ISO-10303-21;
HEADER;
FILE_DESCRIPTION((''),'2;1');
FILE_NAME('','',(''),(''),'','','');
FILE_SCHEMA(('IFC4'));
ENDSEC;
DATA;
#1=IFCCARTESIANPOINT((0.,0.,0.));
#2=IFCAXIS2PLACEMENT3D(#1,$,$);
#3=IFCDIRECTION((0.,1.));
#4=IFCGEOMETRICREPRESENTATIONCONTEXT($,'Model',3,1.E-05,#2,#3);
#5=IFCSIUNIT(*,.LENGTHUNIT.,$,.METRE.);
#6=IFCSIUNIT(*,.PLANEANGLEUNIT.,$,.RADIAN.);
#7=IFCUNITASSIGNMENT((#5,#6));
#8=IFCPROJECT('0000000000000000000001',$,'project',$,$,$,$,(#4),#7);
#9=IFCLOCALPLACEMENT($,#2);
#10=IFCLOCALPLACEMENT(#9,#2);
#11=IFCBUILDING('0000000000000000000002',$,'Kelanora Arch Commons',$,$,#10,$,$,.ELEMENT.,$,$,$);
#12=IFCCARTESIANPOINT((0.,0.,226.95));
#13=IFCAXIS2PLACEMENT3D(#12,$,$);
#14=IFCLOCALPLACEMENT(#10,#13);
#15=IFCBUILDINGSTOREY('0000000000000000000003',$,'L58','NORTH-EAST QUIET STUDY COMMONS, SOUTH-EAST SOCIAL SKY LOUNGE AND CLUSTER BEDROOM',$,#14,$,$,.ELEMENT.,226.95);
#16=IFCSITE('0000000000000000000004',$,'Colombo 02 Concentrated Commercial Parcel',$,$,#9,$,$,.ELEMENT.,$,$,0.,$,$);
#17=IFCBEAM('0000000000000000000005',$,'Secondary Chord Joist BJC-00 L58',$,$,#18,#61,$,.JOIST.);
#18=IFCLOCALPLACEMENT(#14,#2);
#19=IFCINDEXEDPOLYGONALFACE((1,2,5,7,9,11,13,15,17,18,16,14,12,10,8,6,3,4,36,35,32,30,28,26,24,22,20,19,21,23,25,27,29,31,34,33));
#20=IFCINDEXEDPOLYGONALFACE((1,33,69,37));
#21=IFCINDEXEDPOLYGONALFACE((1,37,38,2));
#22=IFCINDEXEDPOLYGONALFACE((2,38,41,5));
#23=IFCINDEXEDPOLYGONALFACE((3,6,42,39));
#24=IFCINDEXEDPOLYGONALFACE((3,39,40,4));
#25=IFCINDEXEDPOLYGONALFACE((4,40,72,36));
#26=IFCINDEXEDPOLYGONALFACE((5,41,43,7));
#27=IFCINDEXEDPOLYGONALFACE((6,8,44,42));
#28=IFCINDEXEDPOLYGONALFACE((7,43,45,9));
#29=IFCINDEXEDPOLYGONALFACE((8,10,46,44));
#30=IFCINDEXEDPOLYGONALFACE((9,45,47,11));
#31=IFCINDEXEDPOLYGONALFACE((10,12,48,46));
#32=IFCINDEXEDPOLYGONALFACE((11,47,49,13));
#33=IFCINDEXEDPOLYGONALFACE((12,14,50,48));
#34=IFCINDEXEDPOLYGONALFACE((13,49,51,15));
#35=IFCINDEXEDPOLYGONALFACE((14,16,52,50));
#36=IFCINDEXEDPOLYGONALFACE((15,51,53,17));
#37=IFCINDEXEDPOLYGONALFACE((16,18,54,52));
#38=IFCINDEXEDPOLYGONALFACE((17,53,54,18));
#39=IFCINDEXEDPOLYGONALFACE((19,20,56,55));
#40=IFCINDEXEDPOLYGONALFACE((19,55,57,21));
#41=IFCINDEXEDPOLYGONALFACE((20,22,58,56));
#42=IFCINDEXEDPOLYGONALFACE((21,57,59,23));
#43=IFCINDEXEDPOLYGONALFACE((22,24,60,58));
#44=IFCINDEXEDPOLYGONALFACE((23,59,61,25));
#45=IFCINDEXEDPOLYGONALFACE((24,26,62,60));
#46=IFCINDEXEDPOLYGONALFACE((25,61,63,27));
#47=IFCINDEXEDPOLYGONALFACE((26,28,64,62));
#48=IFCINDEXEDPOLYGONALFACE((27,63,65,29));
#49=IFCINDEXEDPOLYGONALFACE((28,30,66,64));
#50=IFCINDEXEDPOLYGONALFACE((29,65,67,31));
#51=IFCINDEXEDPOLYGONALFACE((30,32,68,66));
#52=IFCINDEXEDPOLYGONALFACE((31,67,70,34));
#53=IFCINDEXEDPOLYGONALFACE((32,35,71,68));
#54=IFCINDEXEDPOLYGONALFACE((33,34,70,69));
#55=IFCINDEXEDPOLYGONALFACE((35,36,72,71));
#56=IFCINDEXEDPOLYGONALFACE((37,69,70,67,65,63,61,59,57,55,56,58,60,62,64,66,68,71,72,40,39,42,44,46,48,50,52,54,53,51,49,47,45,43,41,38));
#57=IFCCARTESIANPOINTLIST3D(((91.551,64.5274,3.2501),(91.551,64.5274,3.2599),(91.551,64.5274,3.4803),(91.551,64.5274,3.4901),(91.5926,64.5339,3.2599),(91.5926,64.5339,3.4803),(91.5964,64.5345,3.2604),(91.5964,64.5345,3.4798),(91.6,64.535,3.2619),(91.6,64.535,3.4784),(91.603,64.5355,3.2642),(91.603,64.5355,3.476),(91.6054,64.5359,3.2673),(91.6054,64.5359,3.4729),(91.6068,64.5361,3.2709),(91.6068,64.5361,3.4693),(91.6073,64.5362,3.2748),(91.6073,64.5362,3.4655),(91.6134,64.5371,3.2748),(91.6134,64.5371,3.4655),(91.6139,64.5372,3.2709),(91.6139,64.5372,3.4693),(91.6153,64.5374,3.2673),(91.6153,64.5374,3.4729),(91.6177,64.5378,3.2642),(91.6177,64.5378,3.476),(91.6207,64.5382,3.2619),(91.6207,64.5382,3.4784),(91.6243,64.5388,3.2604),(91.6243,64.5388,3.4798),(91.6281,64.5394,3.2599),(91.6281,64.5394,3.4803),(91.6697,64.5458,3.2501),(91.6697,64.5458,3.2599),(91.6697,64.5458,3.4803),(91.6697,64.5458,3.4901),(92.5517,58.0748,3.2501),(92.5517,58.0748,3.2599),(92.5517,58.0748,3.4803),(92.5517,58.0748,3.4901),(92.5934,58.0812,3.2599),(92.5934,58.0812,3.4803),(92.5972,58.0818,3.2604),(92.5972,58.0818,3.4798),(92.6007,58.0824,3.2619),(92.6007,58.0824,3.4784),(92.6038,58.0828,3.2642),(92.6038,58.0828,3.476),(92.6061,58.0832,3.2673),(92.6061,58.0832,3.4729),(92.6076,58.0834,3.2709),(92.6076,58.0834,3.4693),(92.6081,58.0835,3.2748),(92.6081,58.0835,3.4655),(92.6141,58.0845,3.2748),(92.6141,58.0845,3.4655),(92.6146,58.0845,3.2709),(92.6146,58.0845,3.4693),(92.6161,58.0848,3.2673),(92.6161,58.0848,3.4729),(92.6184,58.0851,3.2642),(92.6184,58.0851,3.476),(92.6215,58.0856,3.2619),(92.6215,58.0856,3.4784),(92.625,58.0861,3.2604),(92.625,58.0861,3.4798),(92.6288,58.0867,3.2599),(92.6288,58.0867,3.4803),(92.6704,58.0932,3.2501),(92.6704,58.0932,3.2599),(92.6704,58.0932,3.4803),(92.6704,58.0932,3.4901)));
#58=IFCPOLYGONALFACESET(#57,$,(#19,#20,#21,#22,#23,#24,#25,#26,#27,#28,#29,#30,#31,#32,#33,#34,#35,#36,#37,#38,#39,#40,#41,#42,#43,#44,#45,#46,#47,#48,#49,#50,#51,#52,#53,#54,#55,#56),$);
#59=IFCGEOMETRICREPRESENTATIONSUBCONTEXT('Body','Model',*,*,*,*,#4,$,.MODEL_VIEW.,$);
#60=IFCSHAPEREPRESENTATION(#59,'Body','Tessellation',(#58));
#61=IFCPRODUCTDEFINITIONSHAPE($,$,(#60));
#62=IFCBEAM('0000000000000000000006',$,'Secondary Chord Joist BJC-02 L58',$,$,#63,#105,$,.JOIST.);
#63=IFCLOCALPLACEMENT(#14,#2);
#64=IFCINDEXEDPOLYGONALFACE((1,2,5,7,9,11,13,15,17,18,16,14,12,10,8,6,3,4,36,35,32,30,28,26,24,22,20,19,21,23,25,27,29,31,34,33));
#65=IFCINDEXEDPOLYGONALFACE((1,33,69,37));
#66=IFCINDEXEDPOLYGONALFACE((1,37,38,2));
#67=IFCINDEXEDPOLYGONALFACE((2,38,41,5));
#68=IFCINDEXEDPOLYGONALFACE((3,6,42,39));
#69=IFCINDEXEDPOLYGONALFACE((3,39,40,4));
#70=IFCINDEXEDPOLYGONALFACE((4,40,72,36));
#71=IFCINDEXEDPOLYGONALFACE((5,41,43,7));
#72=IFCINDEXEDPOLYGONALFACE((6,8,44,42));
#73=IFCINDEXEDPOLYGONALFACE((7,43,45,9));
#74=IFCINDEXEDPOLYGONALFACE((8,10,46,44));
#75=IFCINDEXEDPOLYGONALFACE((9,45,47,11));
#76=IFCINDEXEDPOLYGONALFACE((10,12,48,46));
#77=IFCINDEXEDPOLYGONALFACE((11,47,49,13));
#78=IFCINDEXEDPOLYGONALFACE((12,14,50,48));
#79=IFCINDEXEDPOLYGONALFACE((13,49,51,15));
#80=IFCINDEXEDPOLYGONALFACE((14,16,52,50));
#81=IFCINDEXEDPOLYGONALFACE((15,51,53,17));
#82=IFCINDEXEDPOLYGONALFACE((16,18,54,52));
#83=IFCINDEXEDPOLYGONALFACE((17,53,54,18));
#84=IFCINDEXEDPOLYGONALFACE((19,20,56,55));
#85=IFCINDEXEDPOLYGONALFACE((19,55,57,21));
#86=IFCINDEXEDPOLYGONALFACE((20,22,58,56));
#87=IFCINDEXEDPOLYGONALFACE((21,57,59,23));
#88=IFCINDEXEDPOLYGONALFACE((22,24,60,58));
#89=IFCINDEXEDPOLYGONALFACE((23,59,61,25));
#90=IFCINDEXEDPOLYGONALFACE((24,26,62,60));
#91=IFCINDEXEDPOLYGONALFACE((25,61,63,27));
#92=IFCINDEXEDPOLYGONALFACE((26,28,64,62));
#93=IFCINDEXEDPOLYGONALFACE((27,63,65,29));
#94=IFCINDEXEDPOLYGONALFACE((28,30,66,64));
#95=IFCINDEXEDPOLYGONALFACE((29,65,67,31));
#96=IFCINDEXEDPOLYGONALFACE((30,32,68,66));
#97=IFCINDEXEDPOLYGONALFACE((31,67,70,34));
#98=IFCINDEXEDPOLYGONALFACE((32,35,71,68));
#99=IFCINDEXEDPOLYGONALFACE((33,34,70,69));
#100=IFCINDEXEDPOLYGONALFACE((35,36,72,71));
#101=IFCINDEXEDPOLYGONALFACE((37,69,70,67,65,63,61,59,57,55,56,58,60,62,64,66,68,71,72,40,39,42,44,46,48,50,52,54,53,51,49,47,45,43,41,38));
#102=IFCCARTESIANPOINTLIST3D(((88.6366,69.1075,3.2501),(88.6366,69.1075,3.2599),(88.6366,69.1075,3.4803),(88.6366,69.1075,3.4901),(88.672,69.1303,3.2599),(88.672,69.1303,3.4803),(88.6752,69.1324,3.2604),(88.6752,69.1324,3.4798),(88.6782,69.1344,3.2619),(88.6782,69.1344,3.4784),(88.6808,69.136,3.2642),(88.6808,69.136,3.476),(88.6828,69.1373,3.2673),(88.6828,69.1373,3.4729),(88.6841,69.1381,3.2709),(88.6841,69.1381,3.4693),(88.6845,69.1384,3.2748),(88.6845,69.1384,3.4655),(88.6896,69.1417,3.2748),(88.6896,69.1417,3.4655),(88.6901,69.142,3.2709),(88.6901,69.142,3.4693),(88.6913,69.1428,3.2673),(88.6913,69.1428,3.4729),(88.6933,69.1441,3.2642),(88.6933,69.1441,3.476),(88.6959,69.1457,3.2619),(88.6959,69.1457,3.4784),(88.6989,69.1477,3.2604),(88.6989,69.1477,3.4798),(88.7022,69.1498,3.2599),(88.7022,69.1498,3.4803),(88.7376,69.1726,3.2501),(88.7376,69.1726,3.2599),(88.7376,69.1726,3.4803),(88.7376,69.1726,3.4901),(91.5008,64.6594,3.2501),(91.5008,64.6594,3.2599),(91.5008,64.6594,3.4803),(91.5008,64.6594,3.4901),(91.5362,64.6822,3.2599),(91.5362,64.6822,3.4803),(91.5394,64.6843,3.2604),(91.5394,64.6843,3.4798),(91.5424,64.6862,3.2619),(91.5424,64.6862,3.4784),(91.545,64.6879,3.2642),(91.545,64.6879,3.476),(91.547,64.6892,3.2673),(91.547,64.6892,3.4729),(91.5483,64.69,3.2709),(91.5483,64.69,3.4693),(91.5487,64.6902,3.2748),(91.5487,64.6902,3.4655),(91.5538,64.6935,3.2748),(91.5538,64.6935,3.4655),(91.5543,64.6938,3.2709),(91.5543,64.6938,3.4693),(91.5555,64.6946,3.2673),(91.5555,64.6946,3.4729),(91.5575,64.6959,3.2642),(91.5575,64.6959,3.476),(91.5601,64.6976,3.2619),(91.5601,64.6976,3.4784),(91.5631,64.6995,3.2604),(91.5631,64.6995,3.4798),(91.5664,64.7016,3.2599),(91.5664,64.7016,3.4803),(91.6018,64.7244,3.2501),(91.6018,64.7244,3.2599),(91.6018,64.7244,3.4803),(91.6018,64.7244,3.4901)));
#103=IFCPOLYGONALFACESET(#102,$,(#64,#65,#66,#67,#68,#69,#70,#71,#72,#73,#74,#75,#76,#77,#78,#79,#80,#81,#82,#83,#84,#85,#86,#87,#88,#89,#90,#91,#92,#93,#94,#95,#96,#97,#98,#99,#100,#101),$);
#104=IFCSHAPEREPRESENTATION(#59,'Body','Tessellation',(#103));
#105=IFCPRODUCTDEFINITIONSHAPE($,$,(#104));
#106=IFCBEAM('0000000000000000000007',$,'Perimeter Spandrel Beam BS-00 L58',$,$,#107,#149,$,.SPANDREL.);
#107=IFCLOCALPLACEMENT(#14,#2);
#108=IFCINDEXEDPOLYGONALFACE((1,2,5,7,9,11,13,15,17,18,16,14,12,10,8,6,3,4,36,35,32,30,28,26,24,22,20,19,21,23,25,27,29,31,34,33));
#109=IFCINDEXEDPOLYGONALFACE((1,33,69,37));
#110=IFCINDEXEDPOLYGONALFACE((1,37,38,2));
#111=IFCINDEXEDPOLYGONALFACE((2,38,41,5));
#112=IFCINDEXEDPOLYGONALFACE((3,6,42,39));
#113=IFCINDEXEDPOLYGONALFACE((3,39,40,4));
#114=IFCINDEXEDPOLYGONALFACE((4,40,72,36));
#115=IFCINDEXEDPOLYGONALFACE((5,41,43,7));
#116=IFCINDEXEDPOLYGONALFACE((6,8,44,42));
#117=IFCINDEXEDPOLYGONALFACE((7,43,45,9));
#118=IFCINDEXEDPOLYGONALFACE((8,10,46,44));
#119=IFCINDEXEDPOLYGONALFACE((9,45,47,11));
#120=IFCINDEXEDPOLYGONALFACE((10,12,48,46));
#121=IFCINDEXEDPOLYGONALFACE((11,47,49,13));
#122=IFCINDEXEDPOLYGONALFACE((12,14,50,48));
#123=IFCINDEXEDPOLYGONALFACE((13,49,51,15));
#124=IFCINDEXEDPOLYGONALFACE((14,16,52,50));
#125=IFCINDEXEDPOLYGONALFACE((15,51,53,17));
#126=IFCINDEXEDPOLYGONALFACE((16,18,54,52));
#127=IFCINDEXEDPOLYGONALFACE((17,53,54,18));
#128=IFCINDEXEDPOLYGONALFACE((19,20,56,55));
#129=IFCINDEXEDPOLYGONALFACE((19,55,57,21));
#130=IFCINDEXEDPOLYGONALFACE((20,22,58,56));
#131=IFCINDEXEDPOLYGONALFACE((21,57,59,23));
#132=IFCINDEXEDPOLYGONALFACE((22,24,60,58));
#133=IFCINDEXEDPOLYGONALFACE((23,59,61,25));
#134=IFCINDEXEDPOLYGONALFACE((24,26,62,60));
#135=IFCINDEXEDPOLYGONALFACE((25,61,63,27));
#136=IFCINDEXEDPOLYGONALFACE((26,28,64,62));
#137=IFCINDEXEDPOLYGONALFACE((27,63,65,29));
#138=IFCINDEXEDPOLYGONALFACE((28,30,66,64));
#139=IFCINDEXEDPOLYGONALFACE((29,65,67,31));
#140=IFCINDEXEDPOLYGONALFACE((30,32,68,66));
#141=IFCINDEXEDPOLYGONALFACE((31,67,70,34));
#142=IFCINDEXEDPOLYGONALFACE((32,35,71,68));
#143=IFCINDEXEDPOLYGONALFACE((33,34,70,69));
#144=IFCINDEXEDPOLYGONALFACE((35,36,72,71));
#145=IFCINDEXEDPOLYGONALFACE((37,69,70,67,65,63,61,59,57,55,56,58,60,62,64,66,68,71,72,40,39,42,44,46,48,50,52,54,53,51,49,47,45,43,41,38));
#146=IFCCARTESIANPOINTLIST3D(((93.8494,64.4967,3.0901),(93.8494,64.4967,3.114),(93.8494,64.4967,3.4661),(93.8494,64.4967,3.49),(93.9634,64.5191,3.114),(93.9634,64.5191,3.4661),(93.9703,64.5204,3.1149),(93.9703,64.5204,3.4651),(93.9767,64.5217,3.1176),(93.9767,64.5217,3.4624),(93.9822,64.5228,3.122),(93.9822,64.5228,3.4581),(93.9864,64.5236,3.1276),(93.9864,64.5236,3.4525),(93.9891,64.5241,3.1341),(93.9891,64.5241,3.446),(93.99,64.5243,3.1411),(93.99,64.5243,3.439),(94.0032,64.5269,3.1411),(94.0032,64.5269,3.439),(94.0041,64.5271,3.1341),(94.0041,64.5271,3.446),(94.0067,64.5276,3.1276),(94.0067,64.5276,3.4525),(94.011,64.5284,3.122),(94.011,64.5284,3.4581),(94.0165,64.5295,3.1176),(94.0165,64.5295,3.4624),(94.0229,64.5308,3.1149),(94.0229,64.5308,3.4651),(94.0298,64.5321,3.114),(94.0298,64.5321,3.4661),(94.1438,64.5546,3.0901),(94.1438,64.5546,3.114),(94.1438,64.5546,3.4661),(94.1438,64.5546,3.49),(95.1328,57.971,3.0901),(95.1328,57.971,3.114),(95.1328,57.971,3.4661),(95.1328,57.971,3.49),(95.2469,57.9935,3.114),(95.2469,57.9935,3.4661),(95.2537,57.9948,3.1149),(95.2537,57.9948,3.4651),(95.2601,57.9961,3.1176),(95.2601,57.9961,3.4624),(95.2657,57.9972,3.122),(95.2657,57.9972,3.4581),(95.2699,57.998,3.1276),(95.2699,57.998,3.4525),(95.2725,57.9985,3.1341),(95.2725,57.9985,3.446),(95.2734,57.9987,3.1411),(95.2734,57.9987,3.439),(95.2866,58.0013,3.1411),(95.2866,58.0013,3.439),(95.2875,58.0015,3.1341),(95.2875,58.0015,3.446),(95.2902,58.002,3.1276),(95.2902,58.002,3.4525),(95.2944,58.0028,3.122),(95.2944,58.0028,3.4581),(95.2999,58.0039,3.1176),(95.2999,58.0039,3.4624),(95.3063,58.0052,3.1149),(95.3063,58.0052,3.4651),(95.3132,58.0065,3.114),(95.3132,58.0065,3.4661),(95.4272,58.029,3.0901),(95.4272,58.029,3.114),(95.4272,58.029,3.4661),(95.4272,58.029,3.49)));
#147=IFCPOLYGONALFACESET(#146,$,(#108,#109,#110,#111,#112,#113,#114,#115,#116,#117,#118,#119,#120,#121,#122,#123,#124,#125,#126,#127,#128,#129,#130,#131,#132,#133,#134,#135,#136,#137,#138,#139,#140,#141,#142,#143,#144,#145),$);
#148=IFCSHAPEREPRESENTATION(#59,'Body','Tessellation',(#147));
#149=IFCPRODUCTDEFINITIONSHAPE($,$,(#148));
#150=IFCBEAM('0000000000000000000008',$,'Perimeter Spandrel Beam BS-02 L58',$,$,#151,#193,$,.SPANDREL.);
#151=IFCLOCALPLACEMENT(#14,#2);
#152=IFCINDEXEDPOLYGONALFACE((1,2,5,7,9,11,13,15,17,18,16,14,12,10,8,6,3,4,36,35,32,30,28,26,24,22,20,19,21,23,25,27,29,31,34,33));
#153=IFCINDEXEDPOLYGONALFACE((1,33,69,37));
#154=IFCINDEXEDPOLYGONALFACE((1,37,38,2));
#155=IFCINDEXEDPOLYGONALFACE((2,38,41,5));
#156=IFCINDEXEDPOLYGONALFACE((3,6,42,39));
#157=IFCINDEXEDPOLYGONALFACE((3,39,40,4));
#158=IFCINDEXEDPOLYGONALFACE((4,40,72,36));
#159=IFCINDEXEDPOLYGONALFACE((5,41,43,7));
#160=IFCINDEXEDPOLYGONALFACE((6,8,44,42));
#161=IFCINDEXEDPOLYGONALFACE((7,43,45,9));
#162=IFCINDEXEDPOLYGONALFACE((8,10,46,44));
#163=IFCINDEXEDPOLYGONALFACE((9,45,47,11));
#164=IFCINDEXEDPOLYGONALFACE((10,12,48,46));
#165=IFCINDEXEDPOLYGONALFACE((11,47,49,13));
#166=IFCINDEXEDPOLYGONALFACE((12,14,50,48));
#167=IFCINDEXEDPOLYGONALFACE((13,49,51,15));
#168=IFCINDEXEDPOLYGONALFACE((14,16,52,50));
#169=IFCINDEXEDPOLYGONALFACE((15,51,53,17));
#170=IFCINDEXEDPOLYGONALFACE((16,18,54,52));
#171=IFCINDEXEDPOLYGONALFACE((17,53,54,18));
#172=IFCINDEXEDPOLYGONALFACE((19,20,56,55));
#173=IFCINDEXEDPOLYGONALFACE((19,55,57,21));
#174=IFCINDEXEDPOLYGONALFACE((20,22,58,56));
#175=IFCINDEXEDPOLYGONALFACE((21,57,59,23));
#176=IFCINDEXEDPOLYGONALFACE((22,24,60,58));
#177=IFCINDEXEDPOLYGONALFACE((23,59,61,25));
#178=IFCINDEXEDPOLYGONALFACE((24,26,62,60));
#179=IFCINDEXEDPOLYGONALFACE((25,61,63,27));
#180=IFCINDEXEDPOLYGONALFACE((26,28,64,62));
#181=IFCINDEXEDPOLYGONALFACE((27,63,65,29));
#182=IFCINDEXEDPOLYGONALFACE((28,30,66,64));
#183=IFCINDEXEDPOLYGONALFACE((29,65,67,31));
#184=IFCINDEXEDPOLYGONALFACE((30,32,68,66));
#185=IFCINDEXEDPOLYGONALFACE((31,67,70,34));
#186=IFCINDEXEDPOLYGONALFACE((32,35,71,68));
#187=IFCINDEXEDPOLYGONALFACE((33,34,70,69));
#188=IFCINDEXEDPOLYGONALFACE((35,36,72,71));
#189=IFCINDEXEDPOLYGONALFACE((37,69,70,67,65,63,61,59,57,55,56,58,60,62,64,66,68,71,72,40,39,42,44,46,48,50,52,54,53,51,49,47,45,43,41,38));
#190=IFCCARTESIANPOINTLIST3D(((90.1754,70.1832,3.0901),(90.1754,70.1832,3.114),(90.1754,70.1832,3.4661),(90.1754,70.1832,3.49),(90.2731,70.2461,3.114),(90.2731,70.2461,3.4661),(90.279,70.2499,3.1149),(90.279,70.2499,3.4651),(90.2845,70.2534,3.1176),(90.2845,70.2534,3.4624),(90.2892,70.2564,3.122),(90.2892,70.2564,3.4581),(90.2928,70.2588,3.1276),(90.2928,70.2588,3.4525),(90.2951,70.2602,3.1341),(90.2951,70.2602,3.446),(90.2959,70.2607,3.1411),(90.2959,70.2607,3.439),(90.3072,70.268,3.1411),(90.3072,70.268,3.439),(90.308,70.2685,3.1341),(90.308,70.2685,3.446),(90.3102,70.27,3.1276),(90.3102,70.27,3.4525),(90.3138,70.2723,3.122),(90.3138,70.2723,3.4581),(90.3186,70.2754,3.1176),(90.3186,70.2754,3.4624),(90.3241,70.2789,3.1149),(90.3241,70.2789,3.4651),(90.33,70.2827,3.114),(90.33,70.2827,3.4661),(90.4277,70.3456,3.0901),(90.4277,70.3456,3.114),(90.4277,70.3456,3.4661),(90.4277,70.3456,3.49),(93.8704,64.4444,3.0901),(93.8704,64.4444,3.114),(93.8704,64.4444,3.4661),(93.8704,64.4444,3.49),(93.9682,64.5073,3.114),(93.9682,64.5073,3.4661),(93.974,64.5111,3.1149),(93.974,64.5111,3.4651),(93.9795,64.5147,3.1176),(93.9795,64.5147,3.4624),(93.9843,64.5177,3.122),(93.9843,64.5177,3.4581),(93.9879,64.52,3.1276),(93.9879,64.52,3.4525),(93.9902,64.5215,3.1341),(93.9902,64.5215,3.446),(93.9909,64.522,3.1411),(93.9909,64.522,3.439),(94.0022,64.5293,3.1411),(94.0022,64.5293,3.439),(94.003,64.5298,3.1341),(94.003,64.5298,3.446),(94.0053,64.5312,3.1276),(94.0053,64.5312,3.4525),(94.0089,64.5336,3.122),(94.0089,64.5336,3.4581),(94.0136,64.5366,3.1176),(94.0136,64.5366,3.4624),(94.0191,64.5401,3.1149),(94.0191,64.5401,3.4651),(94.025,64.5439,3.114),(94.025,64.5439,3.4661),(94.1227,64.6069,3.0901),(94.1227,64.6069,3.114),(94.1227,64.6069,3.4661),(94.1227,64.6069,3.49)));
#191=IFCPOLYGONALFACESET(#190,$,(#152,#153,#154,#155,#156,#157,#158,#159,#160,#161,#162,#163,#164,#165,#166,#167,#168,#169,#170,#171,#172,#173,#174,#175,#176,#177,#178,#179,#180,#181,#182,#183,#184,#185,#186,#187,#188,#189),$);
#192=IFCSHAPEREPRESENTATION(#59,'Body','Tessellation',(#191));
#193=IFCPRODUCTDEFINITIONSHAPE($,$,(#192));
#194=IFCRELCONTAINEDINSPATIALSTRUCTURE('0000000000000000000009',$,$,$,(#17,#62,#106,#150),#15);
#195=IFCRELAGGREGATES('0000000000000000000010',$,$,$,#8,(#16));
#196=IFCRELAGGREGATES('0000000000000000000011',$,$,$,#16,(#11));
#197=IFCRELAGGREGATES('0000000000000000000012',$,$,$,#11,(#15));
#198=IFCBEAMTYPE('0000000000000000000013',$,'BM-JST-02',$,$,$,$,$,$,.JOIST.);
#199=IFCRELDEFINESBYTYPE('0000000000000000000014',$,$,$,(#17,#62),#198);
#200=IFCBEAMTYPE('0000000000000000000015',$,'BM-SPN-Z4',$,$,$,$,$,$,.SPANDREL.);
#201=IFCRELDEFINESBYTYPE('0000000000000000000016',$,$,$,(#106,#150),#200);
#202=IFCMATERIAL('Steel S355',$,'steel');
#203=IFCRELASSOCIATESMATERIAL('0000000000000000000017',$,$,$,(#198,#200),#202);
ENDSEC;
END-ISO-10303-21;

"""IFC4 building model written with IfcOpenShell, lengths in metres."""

from ifc_helpers import new_model, si_unit, direction, frame, origin, origin_2d, place, context, subcontext, project, spatial, i_section, extrude, material, material_profile, profile_set, type_object, element, save


model = new_model("IFC4")

# Units and contexts
model_context = context("Model", 3, precision=1e-05, world=origin(), true_north=direction((0.0, 1.0)))
body_context = subcontext(model_context, "Body", "Model", "MODEL_VIEW")
ifc_project = project(units=[si_unit("LENGTHUNIT", "METRE"), si_unit("PLANEANGLEUNIT", "RADIAN")], contexts=[model_context])

# Site, building, storey
site_placement = place(None, origin())
site = spatial("IfcSite", under=ifc_project, at=site_placement, Name="Colombo 02 Concentrated Commercial Parcel", CompositionType="ELEMENT", RefElevation=0.0)
building_placement = place(site_placement, origin())
building = spatial("IfcBuilding", under=site, at=building_placement, Name="Kelanora Arch Commons", CompositionType="ELEMENT")
storey_placement = place(building_placement, frame((0.0, 0.0, 226.95)))
storey = spatial("IfcBuildingStorey", under=building, at=storey_placement, Name="L58", Description="NORTH-EAST QUIET STUDY COMMONS, SOUTH-EAST SOCIAL SKY LOUNGE AND CLUSTER BEDROOM", CompositionType="ELEMENT", Elevation=226.95)

# Beams
ifc_material_1 = material(Name="Steel S355", Category="steel")
ifc_material_profile_1 = material_profile(ifc_material_1, i_section(OverallWidth=0.1201, OverallDepth=0.24, WebThickness=0.0061, FlangeThickness=0.0098, FilletRadius=0.0149, at=origin_2d()), Name="IPE240")
ifc_profile_set_1 = profile_set([ifc_material_profile_1], Name="Steel S355")
beam_type_1 = type_object("IfcBeamType", Name="BM-JST-02", PredefinedType="JOIST", material=ifc_profile_set_1)
beam_1_placement = place(storey_placement, frame((92.6111, 58.084, 3.3701), z_axis=(-0.153257, 0.988186, 0.0), x_axis=(-0.988186, -0.153257, 0.0)))
element("IfcBeam", 1, at=beam_1_placement, inside=storey, type_object=beam_type_1, Name="Secondary Chord Joist BJC-00 L58", PredefinedType="JOIST", context=body_context, shape_type="SweptSolid", body=[
    extrude(i_section(OverallWidth=0.1201, OverallDepth=0.24, WebThickness=0.0061, FlangeThickness=0.0098, FilletRadius=0.0149, at=origin_2d()), origin(), (0.0, 0.0, 1.0), 6.5298),
])
beam_2_placement = place(storey_placement, frame((91.5513, 64.6919, 3.3701), z_axis=(-0.541382, 0.840776, 0.0), x_axis=(-0.840776, -0.541382, 0.0)))
element("IfcBeam", 2, at=beam_2_placement, inside=storey, type_object=beam_type_1, Name="Secondary Chord Joist BJC-02 L58", PredefinedType="JOIST", context=body_context, shape_type="SweptSolid", body=[
    extrude(i_section(OverallWidth=0.1201, OverallDepth=0.24, WebThickness=0.0061, FlangeThickness=0.0098, FilletRadius=0.0149, at=origin_2d()), origin(), (0.0, 0.0, 1.0), 5.2905),
])
ifc_material_profile_2 = material_profile(ifc_material_1, i_section(OverallWidth=0.3, OverallDepth=0.3999, WebThickness=0.0134, FlangeThickness=0.0239, FilletRadius=0.0271, at=origin_2d()), Name="HEB400")
ifc_profile_set_2 = profile_set([ifc_material_profile_2], Name="Steel S355")
beam_type_2 = type_object("IfcBeamType", Name="BM-SPN-Z4", PredefinedType="SPANDREL", material=ifc_profile_set_2)
beam_3_placement = place(storey_placement, frame((95.28, 58.0, 3.29), z_axis=(-0.192981, 0.981203, 0.0), x_axis=(-0.981203, -0.192981, 0.0)))
element("IfcBeam", 3, at=beam_3_placement, inside=storey, type_object=beam_type_2, Name="Perimeter Spandrel Beam BS-00 L58", PredefinedType="SPANDREL", context=body_context, shape_type="SweptSolid", body=[
    extrude(i_section(OverallWidth=0.3, OverallDepth=0.3999, WebThickness=0.0134, FlangeThickness=0.0239, FilletRadius=0.0271, at=origin_2d()), origin(), (0.0, 0.0, 1.0), 6.6506),
])
beam_4_placement = place(storey_placement, frame((93.9966, 64.5256, 3.29), z_axis=(-0.541365, 0.840788, 0.0), x_axis=(-0.840788, -0.541365, 0.0)))
element("IfcBeam", 4, at=beam_4_placement, inside=storey, type_object=beam_type_2, Name="Perimeter Spandrel Beam BS-02 L58", PredefinedType="SPANDREL", context=body_context, shape_type="SweptSolid", body=[
    extrude(i_section(OverallWidth=0.3, OverallDepth=0.3999, WebThickness=0.0134, FlangeThickness=0.0239, FilletRadius=0.0271, at=origin_2d()), origin(), (0.0, 0.0, 1.0), 6.8254),
])

save(model, "model.ifc")
